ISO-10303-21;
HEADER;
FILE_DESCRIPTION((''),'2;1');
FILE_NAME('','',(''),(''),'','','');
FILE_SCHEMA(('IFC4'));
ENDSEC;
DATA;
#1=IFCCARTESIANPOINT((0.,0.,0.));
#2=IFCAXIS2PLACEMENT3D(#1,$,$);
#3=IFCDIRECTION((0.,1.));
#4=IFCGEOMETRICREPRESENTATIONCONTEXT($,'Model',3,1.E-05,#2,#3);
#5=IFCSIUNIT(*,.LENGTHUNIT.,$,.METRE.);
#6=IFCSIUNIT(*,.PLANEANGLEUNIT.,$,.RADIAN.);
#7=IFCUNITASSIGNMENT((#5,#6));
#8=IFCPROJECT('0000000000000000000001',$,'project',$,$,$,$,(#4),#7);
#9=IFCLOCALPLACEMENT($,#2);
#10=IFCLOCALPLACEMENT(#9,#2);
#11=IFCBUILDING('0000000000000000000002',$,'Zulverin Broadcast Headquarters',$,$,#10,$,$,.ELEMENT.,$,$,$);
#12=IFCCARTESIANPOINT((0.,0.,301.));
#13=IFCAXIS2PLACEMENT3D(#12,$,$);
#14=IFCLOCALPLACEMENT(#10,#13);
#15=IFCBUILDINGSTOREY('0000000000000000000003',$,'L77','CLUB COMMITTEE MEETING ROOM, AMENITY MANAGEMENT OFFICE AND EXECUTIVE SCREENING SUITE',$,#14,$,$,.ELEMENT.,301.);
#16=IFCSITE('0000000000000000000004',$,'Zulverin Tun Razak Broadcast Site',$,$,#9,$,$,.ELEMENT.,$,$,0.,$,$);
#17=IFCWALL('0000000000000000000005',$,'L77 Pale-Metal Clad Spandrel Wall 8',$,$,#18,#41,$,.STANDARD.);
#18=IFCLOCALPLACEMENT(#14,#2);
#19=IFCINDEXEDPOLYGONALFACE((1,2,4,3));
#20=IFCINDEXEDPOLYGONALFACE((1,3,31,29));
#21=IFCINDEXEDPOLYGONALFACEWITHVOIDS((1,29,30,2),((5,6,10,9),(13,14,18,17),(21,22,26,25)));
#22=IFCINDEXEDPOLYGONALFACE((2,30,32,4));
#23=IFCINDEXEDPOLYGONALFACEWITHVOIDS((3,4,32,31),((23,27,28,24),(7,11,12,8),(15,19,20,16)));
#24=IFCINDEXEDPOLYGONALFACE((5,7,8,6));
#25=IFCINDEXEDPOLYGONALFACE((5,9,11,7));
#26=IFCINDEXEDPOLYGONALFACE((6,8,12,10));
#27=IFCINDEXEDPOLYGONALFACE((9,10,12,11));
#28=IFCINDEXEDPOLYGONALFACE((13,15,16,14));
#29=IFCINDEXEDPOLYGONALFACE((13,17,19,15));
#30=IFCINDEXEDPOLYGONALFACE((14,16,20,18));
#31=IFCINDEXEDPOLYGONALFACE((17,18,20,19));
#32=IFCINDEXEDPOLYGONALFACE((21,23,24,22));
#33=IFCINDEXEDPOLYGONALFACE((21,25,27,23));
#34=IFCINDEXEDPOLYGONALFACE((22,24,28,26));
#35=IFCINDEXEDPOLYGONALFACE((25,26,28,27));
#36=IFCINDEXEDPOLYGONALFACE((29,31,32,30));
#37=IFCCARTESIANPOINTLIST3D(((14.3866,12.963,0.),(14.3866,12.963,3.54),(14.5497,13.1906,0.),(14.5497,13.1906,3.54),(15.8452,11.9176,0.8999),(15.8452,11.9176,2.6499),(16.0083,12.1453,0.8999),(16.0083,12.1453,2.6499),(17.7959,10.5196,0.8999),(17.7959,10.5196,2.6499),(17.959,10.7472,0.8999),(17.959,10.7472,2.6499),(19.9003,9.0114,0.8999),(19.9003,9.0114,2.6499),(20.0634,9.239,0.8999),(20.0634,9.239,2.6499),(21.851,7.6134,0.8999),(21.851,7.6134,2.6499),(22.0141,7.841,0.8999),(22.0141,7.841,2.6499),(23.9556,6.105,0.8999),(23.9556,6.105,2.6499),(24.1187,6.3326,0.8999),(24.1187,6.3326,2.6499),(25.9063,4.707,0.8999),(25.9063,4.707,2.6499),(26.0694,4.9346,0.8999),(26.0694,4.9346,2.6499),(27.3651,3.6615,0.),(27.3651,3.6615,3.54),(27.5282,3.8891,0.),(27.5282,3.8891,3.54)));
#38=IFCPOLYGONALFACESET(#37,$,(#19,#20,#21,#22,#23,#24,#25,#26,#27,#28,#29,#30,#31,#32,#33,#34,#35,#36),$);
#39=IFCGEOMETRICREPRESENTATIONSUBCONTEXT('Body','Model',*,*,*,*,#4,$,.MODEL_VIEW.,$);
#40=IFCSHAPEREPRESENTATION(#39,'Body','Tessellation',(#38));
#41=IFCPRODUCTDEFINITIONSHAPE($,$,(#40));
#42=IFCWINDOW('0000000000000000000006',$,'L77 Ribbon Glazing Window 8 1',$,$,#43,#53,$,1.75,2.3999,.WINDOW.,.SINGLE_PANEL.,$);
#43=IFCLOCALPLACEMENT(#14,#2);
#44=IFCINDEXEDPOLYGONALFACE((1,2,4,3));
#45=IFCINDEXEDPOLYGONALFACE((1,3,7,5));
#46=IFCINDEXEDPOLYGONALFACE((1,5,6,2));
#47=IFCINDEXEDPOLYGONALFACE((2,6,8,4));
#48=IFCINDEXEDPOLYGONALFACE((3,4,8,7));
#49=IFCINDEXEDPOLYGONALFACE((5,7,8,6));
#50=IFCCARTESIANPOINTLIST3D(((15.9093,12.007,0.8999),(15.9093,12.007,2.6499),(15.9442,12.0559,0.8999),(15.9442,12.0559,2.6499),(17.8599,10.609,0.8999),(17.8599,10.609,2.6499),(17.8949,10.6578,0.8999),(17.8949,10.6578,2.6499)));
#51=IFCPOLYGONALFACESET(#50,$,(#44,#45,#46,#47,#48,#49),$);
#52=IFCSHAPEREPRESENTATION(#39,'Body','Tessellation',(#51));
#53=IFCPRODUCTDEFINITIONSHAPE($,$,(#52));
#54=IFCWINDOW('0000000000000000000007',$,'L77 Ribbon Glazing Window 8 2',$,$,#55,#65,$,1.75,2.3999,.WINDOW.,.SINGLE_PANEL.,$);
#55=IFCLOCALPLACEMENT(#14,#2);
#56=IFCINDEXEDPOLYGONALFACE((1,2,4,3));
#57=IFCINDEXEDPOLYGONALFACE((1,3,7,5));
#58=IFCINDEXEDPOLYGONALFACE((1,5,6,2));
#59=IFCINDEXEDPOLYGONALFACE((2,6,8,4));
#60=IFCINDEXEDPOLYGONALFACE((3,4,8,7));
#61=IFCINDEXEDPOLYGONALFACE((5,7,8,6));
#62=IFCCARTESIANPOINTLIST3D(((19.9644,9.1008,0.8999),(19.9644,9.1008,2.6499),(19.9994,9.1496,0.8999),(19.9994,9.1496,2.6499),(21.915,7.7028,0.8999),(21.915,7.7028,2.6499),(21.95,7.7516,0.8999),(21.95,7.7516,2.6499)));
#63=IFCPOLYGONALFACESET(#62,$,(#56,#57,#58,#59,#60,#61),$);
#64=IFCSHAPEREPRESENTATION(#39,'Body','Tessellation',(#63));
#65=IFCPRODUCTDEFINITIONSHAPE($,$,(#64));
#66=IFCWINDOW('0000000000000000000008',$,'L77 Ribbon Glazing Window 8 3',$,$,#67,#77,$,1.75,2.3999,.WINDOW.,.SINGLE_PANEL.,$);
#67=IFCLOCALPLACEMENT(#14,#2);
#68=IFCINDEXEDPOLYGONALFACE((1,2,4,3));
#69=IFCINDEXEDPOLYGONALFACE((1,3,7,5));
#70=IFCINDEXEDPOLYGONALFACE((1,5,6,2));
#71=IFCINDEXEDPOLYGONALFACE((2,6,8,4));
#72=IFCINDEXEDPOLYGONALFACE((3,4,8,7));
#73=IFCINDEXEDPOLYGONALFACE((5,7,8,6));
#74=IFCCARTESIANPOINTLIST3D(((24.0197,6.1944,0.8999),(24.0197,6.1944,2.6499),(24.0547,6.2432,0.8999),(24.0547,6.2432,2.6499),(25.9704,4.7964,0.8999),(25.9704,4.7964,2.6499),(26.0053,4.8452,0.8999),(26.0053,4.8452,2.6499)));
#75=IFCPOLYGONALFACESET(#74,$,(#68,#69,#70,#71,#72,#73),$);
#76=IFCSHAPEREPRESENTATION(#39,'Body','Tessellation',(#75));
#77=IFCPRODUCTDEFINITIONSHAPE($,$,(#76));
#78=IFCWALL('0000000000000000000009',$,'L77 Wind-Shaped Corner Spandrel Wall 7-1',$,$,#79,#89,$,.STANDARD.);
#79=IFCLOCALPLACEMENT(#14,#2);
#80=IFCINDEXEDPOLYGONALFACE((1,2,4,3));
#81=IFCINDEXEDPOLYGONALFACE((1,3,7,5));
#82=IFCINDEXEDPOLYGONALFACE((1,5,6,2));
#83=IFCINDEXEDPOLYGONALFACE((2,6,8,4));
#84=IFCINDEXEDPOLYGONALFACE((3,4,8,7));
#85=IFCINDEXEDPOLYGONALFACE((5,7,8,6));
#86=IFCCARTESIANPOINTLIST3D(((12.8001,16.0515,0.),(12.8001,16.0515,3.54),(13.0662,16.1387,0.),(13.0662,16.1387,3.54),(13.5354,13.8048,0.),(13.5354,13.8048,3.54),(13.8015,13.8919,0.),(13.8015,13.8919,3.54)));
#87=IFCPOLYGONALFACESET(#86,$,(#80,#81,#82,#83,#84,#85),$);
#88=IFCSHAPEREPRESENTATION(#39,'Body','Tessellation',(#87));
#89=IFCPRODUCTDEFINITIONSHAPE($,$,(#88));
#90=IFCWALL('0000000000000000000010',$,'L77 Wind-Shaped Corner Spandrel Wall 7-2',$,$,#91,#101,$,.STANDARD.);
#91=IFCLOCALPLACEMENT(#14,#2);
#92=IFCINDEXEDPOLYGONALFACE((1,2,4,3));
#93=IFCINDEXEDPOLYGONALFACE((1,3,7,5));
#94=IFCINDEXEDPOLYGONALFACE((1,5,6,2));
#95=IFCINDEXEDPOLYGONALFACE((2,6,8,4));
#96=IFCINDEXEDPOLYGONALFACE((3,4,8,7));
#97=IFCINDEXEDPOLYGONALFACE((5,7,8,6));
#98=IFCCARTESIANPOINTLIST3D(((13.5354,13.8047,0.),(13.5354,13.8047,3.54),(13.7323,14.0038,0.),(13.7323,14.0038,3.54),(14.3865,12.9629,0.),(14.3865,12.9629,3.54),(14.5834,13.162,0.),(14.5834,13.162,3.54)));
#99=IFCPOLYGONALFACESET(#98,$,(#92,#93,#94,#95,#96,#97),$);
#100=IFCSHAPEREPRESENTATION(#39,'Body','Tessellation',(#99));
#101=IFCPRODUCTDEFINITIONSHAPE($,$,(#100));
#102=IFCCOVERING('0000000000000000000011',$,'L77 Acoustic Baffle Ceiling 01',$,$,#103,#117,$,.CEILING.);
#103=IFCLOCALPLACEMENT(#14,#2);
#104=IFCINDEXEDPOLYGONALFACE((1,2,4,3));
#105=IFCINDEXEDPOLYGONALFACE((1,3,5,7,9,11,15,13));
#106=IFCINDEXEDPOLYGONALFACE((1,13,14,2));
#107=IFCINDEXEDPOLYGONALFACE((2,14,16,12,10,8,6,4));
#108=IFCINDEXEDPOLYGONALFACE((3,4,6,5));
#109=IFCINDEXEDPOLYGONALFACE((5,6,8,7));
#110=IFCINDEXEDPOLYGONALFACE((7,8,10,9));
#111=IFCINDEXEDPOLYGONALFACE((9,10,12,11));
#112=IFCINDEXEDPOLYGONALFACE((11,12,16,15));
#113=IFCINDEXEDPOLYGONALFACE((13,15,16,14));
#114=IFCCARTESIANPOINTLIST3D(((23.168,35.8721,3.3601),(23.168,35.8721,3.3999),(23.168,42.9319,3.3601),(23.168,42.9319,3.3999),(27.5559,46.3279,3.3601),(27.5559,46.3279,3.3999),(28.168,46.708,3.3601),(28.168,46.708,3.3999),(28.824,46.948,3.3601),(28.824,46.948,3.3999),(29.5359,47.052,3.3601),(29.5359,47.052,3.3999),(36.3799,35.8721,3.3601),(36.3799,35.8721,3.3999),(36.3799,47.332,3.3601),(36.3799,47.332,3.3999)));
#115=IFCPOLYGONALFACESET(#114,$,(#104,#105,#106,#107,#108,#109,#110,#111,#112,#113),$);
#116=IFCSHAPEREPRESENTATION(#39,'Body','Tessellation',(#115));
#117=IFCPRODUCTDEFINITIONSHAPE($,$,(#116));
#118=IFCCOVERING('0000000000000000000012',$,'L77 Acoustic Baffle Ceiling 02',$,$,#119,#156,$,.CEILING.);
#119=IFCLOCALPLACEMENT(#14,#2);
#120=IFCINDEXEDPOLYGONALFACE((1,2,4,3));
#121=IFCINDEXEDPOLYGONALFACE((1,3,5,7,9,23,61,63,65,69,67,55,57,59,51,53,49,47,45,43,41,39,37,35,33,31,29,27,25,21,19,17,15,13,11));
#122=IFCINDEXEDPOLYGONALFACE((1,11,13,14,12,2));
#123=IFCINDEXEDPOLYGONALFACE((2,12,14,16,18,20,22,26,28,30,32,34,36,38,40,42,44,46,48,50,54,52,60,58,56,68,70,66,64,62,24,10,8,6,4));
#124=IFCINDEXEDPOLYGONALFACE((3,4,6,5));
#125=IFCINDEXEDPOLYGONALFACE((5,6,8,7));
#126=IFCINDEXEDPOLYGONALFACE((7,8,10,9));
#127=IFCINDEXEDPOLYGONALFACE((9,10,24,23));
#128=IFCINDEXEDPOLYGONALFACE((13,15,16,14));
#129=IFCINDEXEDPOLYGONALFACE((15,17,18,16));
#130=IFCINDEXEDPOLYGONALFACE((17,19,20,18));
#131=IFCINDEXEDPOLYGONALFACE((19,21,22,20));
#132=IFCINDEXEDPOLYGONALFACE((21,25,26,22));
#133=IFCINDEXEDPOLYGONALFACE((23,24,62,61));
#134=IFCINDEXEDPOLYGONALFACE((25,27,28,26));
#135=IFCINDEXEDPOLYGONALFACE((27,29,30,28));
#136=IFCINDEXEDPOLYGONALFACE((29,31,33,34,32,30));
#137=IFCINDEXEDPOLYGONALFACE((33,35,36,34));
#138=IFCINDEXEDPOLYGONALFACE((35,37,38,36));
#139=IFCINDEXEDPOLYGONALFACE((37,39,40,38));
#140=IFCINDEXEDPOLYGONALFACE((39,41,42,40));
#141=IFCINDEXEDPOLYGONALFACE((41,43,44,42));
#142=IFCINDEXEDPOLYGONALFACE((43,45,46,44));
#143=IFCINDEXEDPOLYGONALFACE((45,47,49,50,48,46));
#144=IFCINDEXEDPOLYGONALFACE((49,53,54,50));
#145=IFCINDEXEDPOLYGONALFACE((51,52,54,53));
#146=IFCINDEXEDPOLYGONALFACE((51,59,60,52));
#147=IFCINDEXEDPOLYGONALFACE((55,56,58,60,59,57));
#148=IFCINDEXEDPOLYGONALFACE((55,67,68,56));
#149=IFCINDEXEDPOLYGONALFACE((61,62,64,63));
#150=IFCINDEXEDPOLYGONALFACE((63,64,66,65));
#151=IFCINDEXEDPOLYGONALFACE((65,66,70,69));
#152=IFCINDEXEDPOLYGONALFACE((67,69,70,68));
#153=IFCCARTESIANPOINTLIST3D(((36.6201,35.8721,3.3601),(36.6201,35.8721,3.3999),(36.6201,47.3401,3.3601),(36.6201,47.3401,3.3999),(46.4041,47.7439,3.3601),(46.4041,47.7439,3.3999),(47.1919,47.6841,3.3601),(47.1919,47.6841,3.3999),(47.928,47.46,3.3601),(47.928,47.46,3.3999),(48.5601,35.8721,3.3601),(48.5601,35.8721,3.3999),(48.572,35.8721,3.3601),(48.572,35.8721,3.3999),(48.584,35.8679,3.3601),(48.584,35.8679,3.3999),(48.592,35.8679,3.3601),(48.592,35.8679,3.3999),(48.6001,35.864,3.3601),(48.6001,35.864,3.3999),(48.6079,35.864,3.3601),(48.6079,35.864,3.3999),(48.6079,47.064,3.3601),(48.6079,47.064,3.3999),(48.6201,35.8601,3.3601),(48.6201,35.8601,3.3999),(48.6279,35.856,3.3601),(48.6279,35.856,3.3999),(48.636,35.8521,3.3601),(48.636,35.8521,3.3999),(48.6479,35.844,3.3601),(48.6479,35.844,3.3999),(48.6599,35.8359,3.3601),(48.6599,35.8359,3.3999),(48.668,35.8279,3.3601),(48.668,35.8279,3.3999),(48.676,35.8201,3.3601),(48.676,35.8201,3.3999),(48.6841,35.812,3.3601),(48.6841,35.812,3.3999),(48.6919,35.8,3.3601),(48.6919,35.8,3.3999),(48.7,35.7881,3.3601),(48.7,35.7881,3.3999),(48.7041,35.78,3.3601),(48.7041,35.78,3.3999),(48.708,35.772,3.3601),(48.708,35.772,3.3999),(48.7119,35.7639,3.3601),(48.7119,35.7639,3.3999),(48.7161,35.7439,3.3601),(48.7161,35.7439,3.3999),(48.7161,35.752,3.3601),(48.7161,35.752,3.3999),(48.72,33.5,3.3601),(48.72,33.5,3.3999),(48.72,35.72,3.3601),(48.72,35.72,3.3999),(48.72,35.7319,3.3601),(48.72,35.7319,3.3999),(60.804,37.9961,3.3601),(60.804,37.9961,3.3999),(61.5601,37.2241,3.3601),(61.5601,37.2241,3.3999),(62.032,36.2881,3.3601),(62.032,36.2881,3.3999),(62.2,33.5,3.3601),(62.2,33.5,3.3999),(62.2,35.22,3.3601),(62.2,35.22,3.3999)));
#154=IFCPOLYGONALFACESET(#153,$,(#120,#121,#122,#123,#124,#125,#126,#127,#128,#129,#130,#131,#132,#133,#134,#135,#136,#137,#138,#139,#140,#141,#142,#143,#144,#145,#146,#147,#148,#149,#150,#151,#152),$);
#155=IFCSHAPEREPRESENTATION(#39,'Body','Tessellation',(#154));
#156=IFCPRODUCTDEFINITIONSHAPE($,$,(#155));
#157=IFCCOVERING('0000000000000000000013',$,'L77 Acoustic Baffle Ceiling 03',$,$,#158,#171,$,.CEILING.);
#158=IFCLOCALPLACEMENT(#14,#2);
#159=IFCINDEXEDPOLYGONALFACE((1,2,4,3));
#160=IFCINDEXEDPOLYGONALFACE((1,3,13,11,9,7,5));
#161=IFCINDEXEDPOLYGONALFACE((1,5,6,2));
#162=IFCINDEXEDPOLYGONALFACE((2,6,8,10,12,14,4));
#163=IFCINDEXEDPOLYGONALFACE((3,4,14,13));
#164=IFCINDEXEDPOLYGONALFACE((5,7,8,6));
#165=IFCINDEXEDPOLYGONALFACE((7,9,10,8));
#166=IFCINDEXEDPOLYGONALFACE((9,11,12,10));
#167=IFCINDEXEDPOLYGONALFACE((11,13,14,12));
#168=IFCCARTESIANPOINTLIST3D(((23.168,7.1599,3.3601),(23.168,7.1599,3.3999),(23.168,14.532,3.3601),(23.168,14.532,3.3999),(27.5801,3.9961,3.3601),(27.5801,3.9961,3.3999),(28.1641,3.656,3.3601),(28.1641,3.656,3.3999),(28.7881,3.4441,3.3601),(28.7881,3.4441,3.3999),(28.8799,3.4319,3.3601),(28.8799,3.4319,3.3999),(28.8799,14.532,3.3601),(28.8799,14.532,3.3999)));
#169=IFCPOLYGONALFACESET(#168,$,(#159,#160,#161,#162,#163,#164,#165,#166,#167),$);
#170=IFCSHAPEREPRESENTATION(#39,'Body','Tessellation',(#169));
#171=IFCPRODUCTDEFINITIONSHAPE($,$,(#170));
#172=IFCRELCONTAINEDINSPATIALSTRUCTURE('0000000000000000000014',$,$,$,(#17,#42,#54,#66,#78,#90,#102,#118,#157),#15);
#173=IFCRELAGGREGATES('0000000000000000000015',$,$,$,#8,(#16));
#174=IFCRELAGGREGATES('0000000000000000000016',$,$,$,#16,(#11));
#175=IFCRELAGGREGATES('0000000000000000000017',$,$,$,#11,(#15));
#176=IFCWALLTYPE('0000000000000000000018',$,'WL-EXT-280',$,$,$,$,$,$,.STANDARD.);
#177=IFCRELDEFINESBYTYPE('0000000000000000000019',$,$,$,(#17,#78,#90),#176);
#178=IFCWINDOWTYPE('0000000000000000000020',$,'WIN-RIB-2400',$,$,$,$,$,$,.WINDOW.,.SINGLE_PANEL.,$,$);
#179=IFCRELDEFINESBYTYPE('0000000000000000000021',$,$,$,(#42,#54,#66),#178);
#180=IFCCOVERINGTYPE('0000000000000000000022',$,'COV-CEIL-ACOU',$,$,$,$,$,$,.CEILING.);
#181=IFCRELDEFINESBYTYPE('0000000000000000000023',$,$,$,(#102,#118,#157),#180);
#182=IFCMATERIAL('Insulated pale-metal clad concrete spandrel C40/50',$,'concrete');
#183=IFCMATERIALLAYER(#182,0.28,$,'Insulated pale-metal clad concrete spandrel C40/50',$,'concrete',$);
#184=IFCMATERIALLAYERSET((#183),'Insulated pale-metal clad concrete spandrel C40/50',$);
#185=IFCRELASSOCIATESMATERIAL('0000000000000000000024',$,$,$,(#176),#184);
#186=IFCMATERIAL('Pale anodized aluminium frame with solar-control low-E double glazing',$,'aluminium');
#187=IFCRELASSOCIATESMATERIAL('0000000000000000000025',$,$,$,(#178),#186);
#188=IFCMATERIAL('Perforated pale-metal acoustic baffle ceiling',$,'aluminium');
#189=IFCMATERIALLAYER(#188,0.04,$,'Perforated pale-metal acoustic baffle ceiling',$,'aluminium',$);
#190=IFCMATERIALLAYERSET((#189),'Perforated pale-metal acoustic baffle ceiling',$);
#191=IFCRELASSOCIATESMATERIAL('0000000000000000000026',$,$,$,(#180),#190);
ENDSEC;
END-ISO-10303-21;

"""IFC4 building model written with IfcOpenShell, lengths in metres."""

from ifc_helpers import new_model, si_unit, direction, frame, frame_2d, origin, place, context, subcontext, project, spatial, polyline, rectangle, outline, extrude, material, layer, layer_set, type_object, element, fill, save


model = new_model("IFC4")

# Units and contexts
model_context = context("Model", 3, precision=1e-05, world=origin(), true_north=direction((0.0, 1.0)))
body_context = subcontext(model_context, "Body", "Model", "MODEL_VIEW")
ifc_project = project(units=[si_unit("LENGTHUNIT", "METRE"), si_unit("PLANEANGLEUNIT", "RADIAN")], contexts=[model_context])

# Site, building, storey
site_placement = place(None, origin())
site = spatial("IfcSite", under=ifc_project, at=site_placement, Name="Zulverin Tun Razak Broadcast Site", CompositionType="ELEMENT", RefElevation=0.0)
building_placement = place(site_placement, origin())
building = spatial("IfcBuilding", under=site, at=building_placement, Name="Zulverin Broadcast Headquarters", CompositionType="ELEMENT")
storey_placement = place(building_placement, frame((0.0, 0.0, 301.0)))
storey = spatial("IfcBuildingStorey", under=building, at=storey_placement, Name="L77", Description="CLUB COMMITTEE MEETING ROOM, AMENITY MANAGEMENT OFFICE AND EXECUTIVE SCREENING SUITE", CompositionType="ELEMENT", Elevation=301.0)

# Wall, openings, windows
ifc_material_1 = material(Name="Insulated pale-metal clad concrete spandrel C40/50", Category="concrete")
ifc_layer_1 = layer(ifc_material_1, 0.28, Name="Insulated pale-metal clad concrete spandrel C40/50", Category="concrete")
ifc_layer_set_1 = layer_set([ifc_layer_1], Name="Insulated pale-metal clad concrete spandrel C40/50")
wall_type_1 = type_object("IfcWallType", Name="WL-EXT-280", PredefinedType="STANDARD", material=ifc_layer_set_1)
wall_1_placement = place(storey_placement, frame((14.468, 13.0769, 0.0), z_axis=(0.0, 0.0, 1.0), x_axis=(0.81281, -0.582529, 0.0)))
wall_1 = element("IfcWall", 1, at=wall_1_placement, inside=storey, type_object=wall_type_1, Name="L77 Pale-Metal Clad Spandrel Wall 8", PredefinedType="STANDARD", context=body_context, shape_type="SweptSolid", body=[
    extrude(rectangle(XDim=15.9675, YDim=0.28, at=frame_2d((7.9839, 0.0))), origin(), (0.0, 0.0, 1.0), 3.54),
])
opening_1_placement = place(wall_1_placement, frame((1.7947, 0.0, 0.8999)))
opening_1 = element("IfcOpeningElement", 2, at=opening_1_placement, cuts=wall_1, PredefinedType="OPENING", context=body_context, shape_type="SweptSolid", body=[
    extrude(rectangle(XDim=2.3999, YDim=1.75, at=frame_2d((1.2, 0.875))), frame((0.0, 0.1499, 0.0), z_axis=(0.0, -1.0, 0.0), x_axis=(1.0, 0.0, 0.0)), (0.0, 0.0, 1.0), 0.3),
])
opening_2_placement = place(wall_1_placement, frame((6.7837, 0.0, 0.8999)))
opening_2 = element("IfcOpeningElement", 3, at=opening_2_placement, cuts=wall_1, PredefinedType="OPENING", context=body_context, shape_type="SweptSolid", body=[
    extrude(rectangle(XDim=2.3999, YDim=1.75, at=frame_2d((1.2, 0.875))), frame((0.0, 0.1499, 0.0), z_axis=(0.0, -1.0, 0.0), x_axis=(1.0, 0.0, 0.0)), (0.0, 0.0, 1.0), 0.3),
])
opening_3_placement = place(wall_1_placement, frame((11.7729, 0.0, 0.8999)))
opening_3 = element("IfcOpeningElement", 4, at=opening_3_placement, cuts=wall_1, PredefinedType="OPENING", context=body_context, shape_type="SweptSolid", body=[
    extrude(rectangle(XDim=2.3999, YDim=1.75, at=frame_2d((1.2, 0.875))), frame((0.0, 0.1499, 0.0), z_axis=(0.0, -1.0, 0.0), x_axis=(1.0, 0.0, 0.0)), (0.0, 0.0, 1.0), 0.3),
])
ifc_material_2 = material(Name="Pale anodized aluminium frame with solar-control low-E double glazing", Category="aluminium")
window_type = type_object("IfcWindowType", Name="WIN-RIB-2400", PartitioningType="SINGLE_PANEL", PredefinedType="WINDOW", material=ifc_material_2)
window_1_placement = place(opening_1_placement, origin())
window_1 = element("IfcWindow", 5, at=window_1_placement, inside=storey, type_object=window_type, Name="L77 Ribbon Glazing Window 8 1", OverallHeight=1.75, OverallWidth=2.3999, PartitioningType="SINGLE_PANEL", PredefinedType="WINDOW", context=body_context, shape_type="SweptSolid", body=[
    extrude(rectangle(XDim=2.3999, YDim=1.75, at=frame_2d((1.2, 0.875))), frame((0.0, 0.03, 0.0), z_axis=(0.0, -1.0, 0.0), x_axis=(1.0, 0.0, 0.0)), (0.0, 0.0, 1.0), 0.0601),
])
fill(opening_1, window_1)
window_2_placement = place(opening_2_placement, origin())
window_2 = element("IfcWindow", 6, at=window_2_placement, inside=storey, type_object=window_type, Name="L77 Ribbon Glazing Window 8 2", OverallHeight=1.75, OverallWidth=2.3999, PartitioningType="SINGLE_PANEL", PredefinedType="WINDOW", context=body_context, shape_type="SweptSolid", body=[
    extrude(rectangle(XDim=2.3999, YDim=1.75, at=frame_2d((1.2, 0.875))), frame((0.0, 0.03, 0.0), z_axis=(0.0, -1.0, 0.0), x_axis=(1.0, 0.0, 0.0)), (0.0, 0.0, 1.0), 0.0601),
])
fill(opening_2, window_2)
window_3_placement = place(opening_3_placement, origin())
window_3 = element("IfcWindow", 7, at=window_3_placement, inside=storey, type_object=window_type, Name="L77 Ribbon Glazing Window 8 3", OverallHeight=1.75, OverallWidth=2.3999, PartitioningType="SINGLE_PANEL", PredefinedType="WINDOW", context=body_context, shape_type="SweptSolid", body=[
    extrude(rectangle(XDim=2.3999, YDim=1.75, at=frame_2d((1.2, 0.875))), frame((0.0, 0.03, 0.0), z_axis=(0.0, -1.0, 0.0), x_axis=(1.0, 0.0, 0.0)), (0.0, 0.0, 1.0), 0.0601),
])
fill(opening_3, window_3)

# Walls
wall_2_placement = place(storey_placement, frame((12.9331, 16.0952, 0.0), z_axis=(0.0, 0.0, 1.0), x_axis=(0.311049, -0.950394, 0.0)))
element("IfcWall", 8, at=wall_2_placement, inside=storey, type_object=wall_type_1, Name="L77 Wind-Shaped Corner Spandrel Wall 7-1", PredefinedType="STANDARD", context=body_context, shape_type="SweptSolid", body=[
    extrude(rectangle(XDim=2.364, YDim=0.28, at=frame_2d((1.1821, 0.0))), origin(), (0.0, 0.0, 1.0), 3.54),
])
wall_3_placement = place(storey_placement, frame((13.6338, 13.9043, 0.0), z_axis=(0.0, 0.0, 1.0), x_axis=(0.710971, -0.703221, 0.0)))
element("IfcWall", 9, at=wall_3_placement, inside=storey, type_object=wall_type_1, Name="L77 Wind-Shaped Corner Spandrel Wall 7-2", PredefinedType="STANDARD", context=body_context, shape_type="SweptSolid", body=[
    extrude(rectangle(XDim=1.197, YDim=0.28, at=frame_2d((0.5986, 0.0))), origin(), (0.0, 0.0, 1.0), 3.54),
])

# Coverings
ifc_material_3 = material(Name="Perforated pale-metal acoustic baffle ceiling", Category="aluminium")
ifc_layer_2 = layer(ifc_material_3, 0.04, Name="Perforated pale-metal acoustic baffle ceiling", Category="aluminium")
ifc_layer_set_2 = layer_set([ifc_layer_2], Name="Perforated pale-metal acoustic baffle ceiling")
covering_type_1 = type_object("IfcCoveringType", Name="COV-CEIL-ACOU", PredefinedType="CEILING", material=ifc_layer_set_2)
covering_1_placement = place(storey_placement, frame((0.0, 0.0, 3.3601)))
element("IfcCovering", 10, at=covering_1_placement, inside=storey, type_object=covering_type_1, Name="L77 Acoustic Baffle Ceiling 01", PredefinedType="CEILING", context=body_context, shape_type="SweptSolid", body=[
    extrude(outline(polyline([(36.3799, 35.8721), (36.3799, 47.332), (29.5359, 47.052), (28.824, 46.948), (28.168, 46.708), (27.5559, 46.3279), (23.168, 42.9319), (23.168, 35.8721), (36.3799, 35.8721)])), origin(), (0.0, 0.0, 1.0), 0.0398),
])
covering_2_placement = place(storey_placement, frame((0.0, 0.0, 3.3601)))
element("IfcCovering", 11, at=covering_2_placement, inside=storey, type_object=covering_type_1, Name="L77 Acoustic Baffle Ceiling 02", PredefinedType="CEILING", context=body_context, shape_type="SweptSolid", body=[
    extrude(outline(polyline([(48.6079, 47.064), (47.928, 47.46), (47.1919, 47.6841), (46.4041, 47.7439), (36.6201, 47.3401), (36.6201, 35.8721), (48.5601, 35.8721), (48.572, 35.8721), (48.584, 35.8679), (48.592, 35.8679), (48.6001, 35.864), (48.6079, 35.864), (48.6201, 35.8601), (48.6279, 35.856), (48.636, 35.8521), (48.6479, 35.844), (48.6599, 35.8359), (48.668, 35.8279), (48.676, 35.8201), (48.6841, 35.812), (48.6919, 35.8), (48.7, 35.7881), (48.7041, 35.78), (48.708, 35.772), (48.7119, 35.7639), (48.7161, 35.752), (48.7161, 35.7439), (48.72, 35.7319), (48.72, 35.72), (48.72, 33.5), (62.2, 33.5), (62.2, 35.22), (62.032, 36.2881), (61.5601, 37.2241), (60.804, 37.9961), (48.6079, 47.064)])), origin(), (0.0, 0.0, 1.0), 0.0398),
])
covering_3_placement = place(storey_placement, frame((0.0, 0.0, 3.3601)))
element("IfcCovering", 12, at=covering_3_placement, inside=storey, type_object=covering_type_1, Name="L77 Acoustic Baffle Ceiling 03", PredefinedType="CEILING", context=body_context, shape_type="SweptSolid", body=[
    extrude(outline(polyline([(27.5801, 3.9961), (28.1641, 3.656), (28.7881, 3.4441), (28.8799, 3.4319), (28.8799, 14.532), (23.168, 14.532), (23.168, 7.1599), (27.5801, 3.9961)])), origin(), (0.0, 0.0, 1.0), 0.0398),
])

save(model, "model.ifc")
